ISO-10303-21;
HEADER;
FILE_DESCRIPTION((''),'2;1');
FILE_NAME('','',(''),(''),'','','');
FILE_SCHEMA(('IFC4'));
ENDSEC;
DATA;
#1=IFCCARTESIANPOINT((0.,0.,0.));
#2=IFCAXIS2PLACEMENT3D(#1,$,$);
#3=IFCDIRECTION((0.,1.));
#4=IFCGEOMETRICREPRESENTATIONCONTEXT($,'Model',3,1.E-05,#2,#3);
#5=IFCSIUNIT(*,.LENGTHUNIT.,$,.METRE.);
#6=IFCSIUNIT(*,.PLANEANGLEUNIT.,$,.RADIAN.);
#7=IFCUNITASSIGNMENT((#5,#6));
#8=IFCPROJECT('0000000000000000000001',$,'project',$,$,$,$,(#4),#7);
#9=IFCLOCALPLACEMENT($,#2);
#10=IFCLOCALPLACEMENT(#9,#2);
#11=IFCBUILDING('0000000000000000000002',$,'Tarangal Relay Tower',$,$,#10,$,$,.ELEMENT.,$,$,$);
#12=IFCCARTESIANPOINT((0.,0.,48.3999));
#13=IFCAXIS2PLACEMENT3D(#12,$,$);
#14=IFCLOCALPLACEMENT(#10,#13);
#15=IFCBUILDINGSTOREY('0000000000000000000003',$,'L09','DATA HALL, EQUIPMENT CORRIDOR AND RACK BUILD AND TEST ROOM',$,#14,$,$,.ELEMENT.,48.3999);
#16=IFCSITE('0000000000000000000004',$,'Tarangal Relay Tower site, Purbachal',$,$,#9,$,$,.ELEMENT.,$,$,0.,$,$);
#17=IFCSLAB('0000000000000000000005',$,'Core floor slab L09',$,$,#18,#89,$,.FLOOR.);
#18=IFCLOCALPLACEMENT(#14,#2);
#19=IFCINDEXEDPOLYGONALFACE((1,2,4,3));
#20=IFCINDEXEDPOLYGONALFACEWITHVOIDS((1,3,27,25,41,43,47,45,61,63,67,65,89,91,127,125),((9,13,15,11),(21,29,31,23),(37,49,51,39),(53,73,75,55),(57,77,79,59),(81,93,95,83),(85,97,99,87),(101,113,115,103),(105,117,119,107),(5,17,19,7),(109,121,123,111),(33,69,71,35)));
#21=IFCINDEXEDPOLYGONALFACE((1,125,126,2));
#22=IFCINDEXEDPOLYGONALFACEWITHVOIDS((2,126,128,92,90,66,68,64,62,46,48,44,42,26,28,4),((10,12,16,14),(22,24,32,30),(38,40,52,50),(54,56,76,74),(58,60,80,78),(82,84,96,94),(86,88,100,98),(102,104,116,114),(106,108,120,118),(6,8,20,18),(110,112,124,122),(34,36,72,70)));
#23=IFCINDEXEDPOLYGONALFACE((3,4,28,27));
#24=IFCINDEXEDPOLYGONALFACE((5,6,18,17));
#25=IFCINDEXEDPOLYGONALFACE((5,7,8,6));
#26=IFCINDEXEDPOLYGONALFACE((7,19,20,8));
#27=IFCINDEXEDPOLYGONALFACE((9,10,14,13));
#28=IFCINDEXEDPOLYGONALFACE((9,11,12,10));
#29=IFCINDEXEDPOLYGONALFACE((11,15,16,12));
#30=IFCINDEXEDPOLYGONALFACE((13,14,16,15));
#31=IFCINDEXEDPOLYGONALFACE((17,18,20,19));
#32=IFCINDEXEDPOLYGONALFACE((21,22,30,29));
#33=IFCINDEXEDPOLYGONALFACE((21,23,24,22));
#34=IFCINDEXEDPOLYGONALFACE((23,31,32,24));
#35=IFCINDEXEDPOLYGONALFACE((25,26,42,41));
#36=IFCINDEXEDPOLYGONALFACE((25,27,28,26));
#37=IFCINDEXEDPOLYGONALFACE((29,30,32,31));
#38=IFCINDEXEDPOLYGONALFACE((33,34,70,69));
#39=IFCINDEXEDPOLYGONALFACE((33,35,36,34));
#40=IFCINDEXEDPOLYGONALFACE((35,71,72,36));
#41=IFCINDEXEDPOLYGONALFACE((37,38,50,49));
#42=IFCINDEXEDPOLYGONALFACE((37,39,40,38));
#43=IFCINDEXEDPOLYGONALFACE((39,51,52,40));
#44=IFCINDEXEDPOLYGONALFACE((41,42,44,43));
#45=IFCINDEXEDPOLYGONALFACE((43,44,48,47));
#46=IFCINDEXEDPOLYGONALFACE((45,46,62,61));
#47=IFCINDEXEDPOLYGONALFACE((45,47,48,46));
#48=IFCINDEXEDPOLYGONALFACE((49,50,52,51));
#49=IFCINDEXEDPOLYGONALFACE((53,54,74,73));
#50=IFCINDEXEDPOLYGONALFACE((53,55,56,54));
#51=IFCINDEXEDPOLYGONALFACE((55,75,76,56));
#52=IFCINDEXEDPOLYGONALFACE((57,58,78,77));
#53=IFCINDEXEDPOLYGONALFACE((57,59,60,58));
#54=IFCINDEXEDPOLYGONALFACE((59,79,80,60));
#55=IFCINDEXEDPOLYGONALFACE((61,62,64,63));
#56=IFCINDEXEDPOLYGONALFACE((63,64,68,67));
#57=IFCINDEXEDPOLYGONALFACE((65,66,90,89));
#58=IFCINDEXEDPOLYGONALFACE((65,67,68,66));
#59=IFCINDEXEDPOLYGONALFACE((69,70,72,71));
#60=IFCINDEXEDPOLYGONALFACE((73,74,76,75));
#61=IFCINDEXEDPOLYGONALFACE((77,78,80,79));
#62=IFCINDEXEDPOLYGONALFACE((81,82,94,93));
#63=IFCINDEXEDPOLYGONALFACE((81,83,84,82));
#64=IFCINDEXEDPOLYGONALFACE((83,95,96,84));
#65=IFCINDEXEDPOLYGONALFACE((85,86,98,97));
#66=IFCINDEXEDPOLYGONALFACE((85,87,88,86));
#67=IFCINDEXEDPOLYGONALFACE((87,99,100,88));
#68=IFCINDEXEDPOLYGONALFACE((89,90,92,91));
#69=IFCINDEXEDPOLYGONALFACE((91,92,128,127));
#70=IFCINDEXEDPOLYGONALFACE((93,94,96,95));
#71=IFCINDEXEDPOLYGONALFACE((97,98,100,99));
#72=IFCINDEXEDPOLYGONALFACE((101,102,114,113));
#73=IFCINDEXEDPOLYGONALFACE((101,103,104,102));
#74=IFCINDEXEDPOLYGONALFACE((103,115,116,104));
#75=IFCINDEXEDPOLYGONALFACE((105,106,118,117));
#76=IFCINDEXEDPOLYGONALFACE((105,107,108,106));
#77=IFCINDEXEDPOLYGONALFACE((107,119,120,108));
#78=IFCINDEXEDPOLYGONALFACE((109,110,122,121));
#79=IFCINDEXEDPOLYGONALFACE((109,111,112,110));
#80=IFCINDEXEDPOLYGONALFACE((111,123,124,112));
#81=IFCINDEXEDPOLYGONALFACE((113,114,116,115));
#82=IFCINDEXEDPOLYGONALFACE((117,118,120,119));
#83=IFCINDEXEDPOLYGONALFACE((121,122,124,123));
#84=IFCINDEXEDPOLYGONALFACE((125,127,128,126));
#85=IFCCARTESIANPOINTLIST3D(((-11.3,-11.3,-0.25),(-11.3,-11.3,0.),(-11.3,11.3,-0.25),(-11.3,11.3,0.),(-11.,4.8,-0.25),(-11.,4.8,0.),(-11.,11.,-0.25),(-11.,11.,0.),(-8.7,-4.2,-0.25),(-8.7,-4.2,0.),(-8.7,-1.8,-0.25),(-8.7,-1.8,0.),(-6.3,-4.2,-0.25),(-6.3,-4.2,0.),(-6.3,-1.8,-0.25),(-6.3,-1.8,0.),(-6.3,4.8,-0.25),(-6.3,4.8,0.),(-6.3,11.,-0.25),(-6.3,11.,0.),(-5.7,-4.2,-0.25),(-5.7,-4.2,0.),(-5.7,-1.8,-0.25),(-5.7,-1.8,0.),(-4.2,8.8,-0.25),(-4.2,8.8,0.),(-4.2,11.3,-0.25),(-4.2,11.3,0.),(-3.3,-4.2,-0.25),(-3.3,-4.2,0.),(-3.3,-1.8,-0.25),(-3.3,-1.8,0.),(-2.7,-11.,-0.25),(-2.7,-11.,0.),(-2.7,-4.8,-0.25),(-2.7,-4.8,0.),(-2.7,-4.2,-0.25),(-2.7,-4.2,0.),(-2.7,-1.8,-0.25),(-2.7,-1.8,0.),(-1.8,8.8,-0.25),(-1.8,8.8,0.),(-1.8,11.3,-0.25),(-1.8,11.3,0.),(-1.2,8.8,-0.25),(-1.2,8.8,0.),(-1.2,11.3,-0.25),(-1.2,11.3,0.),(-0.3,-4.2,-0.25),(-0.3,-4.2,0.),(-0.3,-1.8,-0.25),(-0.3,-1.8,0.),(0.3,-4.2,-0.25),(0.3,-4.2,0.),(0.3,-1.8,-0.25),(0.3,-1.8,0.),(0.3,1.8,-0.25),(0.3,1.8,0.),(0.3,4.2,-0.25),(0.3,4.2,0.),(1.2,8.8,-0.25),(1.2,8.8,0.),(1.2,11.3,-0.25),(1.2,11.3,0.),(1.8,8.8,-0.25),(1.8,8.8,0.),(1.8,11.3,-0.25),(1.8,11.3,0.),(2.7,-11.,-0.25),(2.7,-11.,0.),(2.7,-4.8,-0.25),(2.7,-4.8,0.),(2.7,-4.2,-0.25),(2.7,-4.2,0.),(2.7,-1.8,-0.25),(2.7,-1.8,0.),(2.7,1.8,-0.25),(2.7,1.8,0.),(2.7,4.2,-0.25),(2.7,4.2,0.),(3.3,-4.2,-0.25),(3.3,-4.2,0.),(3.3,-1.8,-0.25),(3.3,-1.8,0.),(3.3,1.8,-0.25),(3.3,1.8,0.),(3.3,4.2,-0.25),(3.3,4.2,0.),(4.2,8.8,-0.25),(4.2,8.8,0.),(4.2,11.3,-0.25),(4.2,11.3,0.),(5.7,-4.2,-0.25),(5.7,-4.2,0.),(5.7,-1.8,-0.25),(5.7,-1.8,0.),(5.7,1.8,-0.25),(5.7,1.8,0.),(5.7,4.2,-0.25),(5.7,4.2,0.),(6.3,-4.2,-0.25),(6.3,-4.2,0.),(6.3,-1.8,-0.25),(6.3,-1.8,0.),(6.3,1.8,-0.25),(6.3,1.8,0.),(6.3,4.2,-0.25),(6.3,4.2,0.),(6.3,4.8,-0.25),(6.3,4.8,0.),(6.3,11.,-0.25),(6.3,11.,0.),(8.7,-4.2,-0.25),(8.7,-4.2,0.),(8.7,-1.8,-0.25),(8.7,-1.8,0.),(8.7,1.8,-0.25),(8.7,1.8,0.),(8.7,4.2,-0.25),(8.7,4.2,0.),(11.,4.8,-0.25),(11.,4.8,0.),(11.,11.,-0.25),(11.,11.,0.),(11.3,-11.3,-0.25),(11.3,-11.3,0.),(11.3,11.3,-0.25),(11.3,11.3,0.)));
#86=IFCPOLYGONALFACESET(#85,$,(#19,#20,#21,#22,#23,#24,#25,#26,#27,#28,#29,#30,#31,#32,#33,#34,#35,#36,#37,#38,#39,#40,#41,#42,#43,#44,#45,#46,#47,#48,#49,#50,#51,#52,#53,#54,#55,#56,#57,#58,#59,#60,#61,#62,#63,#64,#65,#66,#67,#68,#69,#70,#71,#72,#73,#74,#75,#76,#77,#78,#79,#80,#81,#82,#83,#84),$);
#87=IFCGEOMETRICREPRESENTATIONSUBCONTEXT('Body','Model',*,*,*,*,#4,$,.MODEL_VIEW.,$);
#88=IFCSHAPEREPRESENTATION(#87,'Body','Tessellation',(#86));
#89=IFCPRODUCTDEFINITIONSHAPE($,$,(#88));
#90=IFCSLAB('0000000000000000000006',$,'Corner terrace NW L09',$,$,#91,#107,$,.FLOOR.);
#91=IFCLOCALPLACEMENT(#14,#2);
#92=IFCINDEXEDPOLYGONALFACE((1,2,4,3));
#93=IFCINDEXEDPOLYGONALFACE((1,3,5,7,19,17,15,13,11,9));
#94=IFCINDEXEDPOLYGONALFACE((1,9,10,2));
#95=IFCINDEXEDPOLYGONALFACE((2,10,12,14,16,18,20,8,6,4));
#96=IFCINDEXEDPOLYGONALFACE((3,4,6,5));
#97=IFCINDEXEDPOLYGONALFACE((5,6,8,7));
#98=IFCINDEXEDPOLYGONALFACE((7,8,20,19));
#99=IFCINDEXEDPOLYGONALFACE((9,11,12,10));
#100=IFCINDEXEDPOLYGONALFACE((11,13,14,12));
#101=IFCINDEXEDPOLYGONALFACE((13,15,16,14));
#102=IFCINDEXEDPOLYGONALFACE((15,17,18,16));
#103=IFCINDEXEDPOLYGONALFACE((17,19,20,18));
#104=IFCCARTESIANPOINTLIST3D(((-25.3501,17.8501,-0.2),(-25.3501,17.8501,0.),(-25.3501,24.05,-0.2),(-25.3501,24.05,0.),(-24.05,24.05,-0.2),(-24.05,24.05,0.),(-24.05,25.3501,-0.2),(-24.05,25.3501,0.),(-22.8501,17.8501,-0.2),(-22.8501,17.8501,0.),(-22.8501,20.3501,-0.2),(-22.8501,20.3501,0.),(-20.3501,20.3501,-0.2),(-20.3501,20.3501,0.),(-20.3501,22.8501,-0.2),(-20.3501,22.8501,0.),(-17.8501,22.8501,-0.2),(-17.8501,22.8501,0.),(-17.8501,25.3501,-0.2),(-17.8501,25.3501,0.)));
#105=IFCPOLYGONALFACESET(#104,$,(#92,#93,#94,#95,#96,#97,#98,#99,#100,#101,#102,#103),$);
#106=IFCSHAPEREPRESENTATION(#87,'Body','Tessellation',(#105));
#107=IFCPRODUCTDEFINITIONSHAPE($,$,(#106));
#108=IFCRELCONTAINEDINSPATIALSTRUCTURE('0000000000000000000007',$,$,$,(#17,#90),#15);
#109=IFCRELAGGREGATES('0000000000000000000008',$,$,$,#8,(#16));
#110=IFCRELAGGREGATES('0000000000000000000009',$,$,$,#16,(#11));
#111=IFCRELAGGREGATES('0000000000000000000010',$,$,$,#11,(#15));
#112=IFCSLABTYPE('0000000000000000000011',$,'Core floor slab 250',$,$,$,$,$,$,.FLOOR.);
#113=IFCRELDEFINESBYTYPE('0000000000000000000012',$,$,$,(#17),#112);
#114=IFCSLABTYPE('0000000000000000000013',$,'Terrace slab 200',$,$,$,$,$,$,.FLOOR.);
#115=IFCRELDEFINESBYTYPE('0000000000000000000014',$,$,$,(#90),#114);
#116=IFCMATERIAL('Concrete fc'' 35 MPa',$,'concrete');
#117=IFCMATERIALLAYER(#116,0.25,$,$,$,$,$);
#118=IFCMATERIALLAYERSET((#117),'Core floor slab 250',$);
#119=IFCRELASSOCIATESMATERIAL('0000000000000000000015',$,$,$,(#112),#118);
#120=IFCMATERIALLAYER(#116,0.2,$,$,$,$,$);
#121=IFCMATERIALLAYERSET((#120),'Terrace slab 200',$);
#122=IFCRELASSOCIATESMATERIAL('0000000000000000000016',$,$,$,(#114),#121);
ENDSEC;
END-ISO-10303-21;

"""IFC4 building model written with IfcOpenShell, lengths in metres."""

from ifc_helpers import new_model, si_unit, direction, frame, origin, place, context, subcontext, project, spatial, polyline, outline, extrude, material, layer, layer_set, type_object, element, save


model = new_model("IFC4")

# Units and contexts
model_context = context("Model", 3, precision=1e-05, world=origin(), true_north=direction((0.0, 1.0)))
body_context = subcontext(model_context, "Body", "Model", "MODEL_VIEW")
ifc_project = project(units=[si_unit("LENGTHUNIT", "METRE"), si_unit("PLANEANGLEUNIT", "RADIAN")], contexts=[model_context])

# Site, building, storey
site_placement = place(None, origin())
site = spatial("IfcSite", under=ifc_project, at=site_placement, Name="Tarangal Relay Tower site, Purbachal", CompositionType="ELEMENT", RefElevation=0.0)
building_placement = place(site_placement, origin())
building = spatial("IfcBuilding", under=site, at=building_placement, Name="Tarangal Relay Tower", CompositionType="ELEMENT")
storey_placement = place(building_placement, frame((0.0, 0.0, 48.3999)))
storey = spatial("IfcBuildingStorey", under=building, at=storey_placement, Name="L09", Description="DATA HALL, EQUIPMENT CORRIDOR AND RACK BUILD AND TEST ROOM", CompositionType="ELEMENT", Elevation=48.3999)

# Slabs
ifc_material_1 = material(Name="Concrete fc' 35 MPa", Category="concrete")
ifc_layer_1 = layer(ifc_material_1, 0.25)
ifc_layer_set_1 = layer_set([ifc_layer_1], Name="Core floor slab 250")
slab_type_1 = type_object("IfcSlabType", Name="Core floor slab 250", PredefinedType="FLOOR", material=ifc_layer_set_1)
slab_1_placement = place(storey_placement, frame((0.0, 0.0, -0.25)))
element("IfcSlab", 1, at=slab_1_placement, inside=storey, type_object=slab_type_1, Name="Core floor slab L09", PredefinedType="FLOOR", context=body_context, shape_type="SweptSolid", body=[
    extrude(outline(polyline([(11.3, 11.3), (11.3, -11.3), (-11.3, -11.3), (-11.3, 11.3), (-4.2, 11.3), (-4.2, 8.8), (-1.8, 8.8), (-1.8, 11.3), (-1.2, 11.3), (-1.2, 8.8), (1.2, 8.8), (1.2, 11.3), (1.8, 11.3), (1.8, 8.8), (4.2, 8.8), (4.2, 11.3), (11.3, 11.3)]), holes=[polyline([(2.7, -4.8), (-2.7, -4.8), (-2.7, -11.0), (2.7, -11.0), (2.7, -4.8)]), polyline([(-6.3, -4.2), (-6.3, -1.8), (-8.7, -1.8), (-8.7, -4.2), (-6.3, -4.2)]), polyline([(-3.3, -4.2), (-3.3, -1.8), (-5.7, -1.8), (-5.7, -4.2), (-3.3, -4.2)]), polyline([(-0.3, -4.2), (-0.3, -1.8), (-2.7, -1.8), (-2.7, -4.2), (-0.3, -4.2)]), polyline([(2.7, 1.8), (2.7, 4.2), (0.3, 4.2), (0.3, 1.8), (2.7, 1.8)]), polyline([(-6.3, 4.8), (-6.3, 11.0), (-11.0, 11.0), (-11.0, 4.8), (-6.3, 4.8)]), polyline([(2.7, -4.2), (2.7, -1.8), (0.3, -1.8), (0.3, -4.2), (2.7, -4.2)]), polyline([(5.7, -4.2), (5.7, -1.8), (3.3, -1.8), (3.3, -4.2), (5.7, -4.2)]), polyline([(8.7, -4.2), (8.7, -1.8), (6.3, -1.8), (6.3, -4.2), (8.7, -4.2)]), polyline([(5.7, 1.8), (5.7, 4.2), (3.3, 4.2), (3.3, 1.8), (5.7, 1.8)]), polyline([(8.7, 1.8), (8.7, 4.2), (6.3, 4.2), (6.3, 1.8), (8.7, 1.8)]), polyline([(11.0, 4.8), (11.0, 11.0), (6.3, 11.0), (6.3, 4.8), (11.0, 4.8)])]), origin(), (0.0, 0.0, 1.0), 0.25),
])
ifc_layer_2 = layer(ifc_material_1, 0.2)
ifc_layer_set_2 = layer_set([ifc_layer_2], Name="Terrace slab 200")
slab_type_2 = type_object("IfcSlabType", Name="Terrace slab 200", PredefinedType="FLOOR", material=ifc_layer_set_2)
slab_2_placement = place(storey_placement, frame((0.0, 0.0, -0.2)))
element("IfcSlab", 2, at=slab_2_placement, inside=storey, type_object=slab_type_2, Name="Corner terrace NW L09", PredefinedType="FLOOR", context=body_context, shape_type="SweptSolid", body=[
    extrude(outline(polyline([(-25.3501, 17.8501), (-22.8501, 17.8501), (-22.8501, 20.3501), (-20.3501, 20.3501), (-20.3501, 22.8501), (-17.8501, 22.8501), (-17.8501, 25.3501), (-24.05, 25.3501), (-24.05, 24.05), (-25.3501, 24.05), (-25.3501, 17.8501)])), origin(), (0.0, 0.0, 1.0), 0.2),
])

save(model, "model.ifc")
